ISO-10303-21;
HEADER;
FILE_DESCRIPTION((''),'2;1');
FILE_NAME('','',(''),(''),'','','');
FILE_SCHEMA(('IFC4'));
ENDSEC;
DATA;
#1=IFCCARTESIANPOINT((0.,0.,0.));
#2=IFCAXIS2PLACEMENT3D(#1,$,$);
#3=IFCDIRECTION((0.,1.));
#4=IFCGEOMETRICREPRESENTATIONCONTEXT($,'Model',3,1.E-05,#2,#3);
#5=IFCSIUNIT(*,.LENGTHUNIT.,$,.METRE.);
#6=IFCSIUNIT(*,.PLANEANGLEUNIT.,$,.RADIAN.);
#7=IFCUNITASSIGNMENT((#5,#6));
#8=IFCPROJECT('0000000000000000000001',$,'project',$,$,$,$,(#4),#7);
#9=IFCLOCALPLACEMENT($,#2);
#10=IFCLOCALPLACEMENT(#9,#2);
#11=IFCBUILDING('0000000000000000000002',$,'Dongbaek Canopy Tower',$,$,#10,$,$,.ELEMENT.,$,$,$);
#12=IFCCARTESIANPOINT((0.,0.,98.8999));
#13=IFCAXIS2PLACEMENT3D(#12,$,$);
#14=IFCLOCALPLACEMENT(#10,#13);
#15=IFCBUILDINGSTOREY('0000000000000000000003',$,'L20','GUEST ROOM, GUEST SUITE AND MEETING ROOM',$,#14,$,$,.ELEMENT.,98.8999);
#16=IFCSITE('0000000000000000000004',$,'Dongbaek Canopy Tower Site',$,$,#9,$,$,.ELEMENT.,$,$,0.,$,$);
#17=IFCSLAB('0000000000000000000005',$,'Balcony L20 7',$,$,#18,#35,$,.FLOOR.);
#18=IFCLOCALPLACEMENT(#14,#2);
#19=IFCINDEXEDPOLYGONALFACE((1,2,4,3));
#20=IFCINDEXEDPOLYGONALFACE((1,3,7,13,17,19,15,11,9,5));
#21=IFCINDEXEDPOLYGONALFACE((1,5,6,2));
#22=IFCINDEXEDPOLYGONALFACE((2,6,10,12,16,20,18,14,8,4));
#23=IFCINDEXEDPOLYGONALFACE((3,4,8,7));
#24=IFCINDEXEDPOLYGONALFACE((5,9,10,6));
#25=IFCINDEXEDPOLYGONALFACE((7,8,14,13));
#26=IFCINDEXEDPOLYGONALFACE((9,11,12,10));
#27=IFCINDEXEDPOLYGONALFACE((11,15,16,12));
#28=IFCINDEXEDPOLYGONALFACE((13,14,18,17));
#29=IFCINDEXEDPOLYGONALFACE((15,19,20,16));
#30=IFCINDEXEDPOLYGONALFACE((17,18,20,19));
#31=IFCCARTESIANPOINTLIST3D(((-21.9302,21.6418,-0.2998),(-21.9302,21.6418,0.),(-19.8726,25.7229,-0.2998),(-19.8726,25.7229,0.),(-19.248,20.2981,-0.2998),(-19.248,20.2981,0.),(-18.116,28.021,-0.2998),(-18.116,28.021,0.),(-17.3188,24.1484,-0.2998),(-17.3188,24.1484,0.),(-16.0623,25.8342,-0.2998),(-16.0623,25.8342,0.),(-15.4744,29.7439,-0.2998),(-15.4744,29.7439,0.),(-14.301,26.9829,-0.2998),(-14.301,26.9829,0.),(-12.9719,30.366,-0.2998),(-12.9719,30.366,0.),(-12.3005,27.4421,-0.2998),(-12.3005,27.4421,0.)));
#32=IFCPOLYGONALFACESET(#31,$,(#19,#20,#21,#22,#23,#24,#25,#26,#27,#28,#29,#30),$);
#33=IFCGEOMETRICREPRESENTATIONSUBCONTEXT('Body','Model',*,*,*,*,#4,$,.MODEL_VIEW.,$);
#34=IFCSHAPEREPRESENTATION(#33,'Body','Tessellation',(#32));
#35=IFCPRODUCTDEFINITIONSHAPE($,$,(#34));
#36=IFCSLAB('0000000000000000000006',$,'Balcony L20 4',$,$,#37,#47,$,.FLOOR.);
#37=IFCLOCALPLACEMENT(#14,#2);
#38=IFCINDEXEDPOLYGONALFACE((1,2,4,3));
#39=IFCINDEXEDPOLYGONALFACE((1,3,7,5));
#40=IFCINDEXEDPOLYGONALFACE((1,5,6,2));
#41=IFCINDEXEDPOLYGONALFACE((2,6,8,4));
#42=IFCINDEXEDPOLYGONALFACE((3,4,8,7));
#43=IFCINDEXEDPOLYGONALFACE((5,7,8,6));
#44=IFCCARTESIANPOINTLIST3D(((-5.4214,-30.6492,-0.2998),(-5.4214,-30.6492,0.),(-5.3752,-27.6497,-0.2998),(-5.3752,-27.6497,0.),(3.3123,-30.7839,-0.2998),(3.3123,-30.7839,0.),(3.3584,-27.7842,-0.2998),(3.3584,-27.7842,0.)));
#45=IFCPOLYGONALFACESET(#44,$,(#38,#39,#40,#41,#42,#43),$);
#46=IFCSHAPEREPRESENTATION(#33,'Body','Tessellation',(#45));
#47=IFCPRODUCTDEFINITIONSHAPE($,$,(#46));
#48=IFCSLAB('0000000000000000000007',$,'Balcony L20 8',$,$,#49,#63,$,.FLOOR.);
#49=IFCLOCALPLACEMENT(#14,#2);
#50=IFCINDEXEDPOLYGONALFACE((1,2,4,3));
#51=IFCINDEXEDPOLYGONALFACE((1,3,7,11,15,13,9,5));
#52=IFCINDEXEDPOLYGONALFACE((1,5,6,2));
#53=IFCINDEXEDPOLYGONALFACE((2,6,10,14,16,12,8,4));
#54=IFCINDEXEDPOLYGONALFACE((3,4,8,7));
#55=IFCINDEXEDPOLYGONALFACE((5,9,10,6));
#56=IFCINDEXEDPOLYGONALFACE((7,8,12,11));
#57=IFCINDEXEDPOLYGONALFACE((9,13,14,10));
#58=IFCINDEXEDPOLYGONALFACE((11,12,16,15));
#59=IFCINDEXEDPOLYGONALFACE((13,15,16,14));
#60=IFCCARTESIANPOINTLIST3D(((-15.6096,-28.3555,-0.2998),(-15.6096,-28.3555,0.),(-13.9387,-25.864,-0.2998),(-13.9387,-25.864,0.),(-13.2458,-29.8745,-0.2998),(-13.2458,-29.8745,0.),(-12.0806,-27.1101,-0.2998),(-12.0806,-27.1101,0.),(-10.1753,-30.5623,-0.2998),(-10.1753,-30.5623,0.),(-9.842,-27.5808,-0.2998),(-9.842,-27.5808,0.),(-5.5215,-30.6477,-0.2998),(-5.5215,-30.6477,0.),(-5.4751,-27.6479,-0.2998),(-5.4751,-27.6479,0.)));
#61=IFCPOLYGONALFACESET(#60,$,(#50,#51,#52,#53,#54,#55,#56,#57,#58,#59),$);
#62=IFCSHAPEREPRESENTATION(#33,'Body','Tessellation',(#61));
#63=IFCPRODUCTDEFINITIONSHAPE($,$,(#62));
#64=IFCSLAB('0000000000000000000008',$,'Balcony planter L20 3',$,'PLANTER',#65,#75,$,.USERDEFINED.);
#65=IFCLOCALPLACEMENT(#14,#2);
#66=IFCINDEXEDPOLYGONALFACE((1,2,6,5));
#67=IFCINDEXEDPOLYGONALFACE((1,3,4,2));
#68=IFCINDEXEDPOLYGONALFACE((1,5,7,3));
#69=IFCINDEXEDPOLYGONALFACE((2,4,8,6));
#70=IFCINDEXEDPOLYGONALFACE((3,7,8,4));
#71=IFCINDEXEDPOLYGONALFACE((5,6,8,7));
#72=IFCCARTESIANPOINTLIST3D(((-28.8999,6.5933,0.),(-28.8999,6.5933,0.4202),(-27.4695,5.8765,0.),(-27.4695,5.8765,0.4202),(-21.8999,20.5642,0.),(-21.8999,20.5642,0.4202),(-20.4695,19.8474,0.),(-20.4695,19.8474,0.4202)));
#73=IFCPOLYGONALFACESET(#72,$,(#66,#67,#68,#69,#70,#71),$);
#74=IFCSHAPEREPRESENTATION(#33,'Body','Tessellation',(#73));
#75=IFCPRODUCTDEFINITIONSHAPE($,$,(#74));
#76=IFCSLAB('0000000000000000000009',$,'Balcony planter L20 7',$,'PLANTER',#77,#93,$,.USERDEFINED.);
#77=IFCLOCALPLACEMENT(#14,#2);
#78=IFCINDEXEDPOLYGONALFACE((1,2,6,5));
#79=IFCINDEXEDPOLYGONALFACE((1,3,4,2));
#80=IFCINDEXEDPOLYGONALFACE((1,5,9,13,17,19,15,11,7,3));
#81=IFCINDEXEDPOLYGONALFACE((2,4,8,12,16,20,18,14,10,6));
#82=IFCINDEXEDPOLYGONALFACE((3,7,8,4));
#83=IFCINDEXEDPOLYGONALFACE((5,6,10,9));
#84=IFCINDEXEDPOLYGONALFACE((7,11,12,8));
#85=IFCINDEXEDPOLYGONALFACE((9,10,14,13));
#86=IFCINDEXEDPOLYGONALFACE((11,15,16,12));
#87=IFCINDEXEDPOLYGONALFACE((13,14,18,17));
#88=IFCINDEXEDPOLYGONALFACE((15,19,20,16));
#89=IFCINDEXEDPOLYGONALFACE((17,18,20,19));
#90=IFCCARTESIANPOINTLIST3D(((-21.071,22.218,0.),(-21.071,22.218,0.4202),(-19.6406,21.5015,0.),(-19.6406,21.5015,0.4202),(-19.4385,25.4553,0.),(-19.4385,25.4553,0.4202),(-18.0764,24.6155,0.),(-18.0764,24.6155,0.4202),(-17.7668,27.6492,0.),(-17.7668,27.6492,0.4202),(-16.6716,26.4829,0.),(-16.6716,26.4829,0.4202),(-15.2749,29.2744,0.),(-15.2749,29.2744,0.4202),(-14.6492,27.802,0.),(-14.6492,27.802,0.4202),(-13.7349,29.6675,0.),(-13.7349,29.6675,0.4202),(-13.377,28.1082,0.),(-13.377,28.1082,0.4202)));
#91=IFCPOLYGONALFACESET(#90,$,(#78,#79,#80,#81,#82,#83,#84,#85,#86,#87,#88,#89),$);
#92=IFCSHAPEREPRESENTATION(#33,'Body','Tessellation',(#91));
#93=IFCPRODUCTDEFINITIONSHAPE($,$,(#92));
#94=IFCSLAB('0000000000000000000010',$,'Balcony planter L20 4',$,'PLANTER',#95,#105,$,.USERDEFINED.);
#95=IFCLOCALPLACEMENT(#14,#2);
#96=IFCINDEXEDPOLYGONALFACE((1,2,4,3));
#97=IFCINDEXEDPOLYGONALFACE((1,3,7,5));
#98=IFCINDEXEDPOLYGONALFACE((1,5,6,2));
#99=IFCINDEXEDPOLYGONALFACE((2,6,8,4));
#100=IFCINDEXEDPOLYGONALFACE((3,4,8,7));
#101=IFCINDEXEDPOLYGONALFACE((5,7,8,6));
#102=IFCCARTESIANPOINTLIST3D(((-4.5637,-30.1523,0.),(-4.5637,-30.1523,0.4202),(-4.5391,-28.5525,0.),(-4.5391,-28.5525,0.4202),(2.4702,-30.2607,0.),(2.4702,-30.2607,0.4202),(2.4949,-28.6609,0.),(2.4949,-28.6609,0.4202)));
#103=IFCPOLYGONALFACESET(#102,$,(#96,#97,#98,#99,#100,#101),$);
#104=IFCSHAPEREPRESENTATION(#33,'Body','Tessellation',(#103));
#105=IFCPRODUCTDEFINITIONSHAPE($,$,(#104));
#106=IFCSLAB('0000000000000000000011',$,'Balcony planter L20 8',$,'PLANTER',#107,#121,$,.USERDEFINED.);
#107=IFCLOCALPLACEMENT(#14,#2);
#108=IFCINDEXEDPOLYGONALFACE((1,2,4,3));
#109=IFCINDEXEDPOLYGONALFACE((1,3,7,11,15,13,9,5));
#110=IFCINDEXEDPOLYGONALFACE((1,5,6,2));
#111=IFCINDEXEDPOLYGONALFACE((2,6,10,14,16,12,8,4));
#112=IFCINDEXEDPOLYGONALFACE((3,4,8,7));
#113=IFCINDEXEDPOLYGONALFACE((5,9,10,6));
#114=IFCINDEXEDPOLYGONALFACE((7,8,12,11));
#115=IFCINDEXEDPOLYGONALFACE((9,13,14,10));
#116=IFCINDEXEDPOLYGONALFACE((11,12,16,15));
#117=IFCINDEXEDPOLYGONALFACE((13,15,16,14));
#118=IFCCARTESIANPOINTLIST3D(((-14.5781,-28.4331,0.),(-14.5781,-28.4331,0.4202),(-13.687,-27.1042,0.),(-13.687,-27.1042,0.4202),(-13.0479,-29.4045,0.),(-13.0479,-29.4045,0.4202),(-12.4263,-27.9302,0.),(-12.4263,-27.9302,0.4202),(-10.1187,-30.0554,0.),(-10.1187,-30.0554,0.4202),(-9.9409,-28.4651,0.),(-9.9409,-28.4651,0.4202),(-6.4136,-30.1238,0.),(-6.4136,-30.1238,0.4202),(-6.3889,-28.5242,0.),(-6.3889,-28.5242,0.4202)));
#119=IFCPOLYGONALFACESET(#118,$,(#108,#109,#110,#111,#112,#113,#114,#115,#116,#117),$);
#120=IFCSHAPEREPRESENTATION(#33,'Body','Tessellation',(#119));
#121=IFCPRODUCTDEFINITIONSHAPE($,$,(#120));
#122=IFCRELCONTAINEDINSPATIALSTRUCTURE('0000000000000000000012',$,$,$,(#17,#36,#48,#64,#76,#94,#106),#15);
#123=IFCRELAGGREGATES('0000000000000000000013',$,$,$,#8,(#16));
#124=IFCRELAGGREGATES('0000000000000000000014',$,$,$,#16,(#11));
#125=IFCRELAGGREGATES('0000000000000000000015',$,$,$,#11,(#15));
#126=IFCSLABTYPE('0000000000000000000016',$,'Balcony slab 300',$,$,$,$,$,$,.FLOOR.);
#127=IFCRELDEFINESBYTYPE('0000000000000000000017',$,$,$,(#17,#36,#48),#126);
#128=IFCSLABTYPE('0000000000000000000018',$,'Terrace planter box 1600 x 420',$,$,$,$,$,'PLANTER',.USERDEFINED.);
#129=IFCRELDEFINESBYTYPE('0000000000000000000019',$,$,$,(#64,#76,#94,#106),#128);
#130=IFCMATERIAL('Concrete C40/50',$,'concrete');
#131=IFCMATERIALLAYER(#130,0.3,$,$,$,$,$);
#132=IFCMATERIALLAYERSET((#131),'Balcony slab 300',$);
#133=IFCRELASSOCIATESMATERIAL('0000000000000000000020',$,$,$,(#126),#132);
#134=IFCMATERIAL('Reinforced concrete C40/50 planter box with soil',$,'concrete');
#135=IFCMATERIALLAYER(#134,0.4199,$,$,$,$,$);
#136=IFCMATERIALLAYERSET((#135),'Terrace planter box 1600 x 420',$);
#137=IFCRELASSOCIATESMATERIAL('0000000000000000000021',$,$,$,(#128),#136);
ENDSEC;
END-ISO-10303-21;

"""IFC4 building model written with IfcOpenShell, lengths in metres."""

from ifc_helpers import new_model, si_unit, direction, frame, origin, place, context, subcontext, project, spatial, polyline, outline, extrude, material, layer, layer_set, type_object, element, save


model = new_model("IFC4")

# Units and contexts
model_context = context("Model", 3, precision=1e-05, world=origin(), true_north=direction((0.0, 1.0)))
body_context = subcontext(model_context, "Body", "Model", "MODEL_VIEW")
ifc_project = project(units=[si_unit("LENGTHUNIT", "METRE"), si_unit("PLANEANGLEUNIT", "RADIAN")], contexts=[model_context])

# Site, building, storey
site_placement = place(None, origin())
site = spatial("IfcSite", under=ifc_project, at=site_placement, Name="Dongbaek Canopy Tower Site", CompositionType="ELEMENT", RefElevation=0.0)
building_placement = place(site_placement, origin())
building = spatial("IfcBuilding", under=site, at=building_placement, Name="Dongbaek Canopy Tower", CompositionType="ELEMENT")
storey_placement = place(building_placement, frame((0.0, 0.0, 98.8999)))
storey = spatial("IfcBuildingStorey", under=building, at=storey_placement, Name="L20", Description="GUEST ROOM, GUEST SUITE AND MEETING ROOM", CompositionType="ELEMENT", Elevation=98.8999)

# Slabs
ifc_material_1 = material(Name="Concrete C40/50", Category="concrete")
ifc_layer_1 = layer(ifc_material_1, 0.3)
ifc_layer_set_1 = layer_set([ifc_layer_1], Name="Balcony slab 300")
slab_type_1 = type_object("IfcSlabType", Name="Balcony slab 300", PredefinedType="FLOOR", material=ifc_layer_set_1)
slab_1_placement = place(storey_placement, frame((0.0, 0.0, -0.2998)))
element("IfcSlab", 1, at=slab_1_placement, inside=storey, type_object=slab_type_1, Name="Balcony L20 7", PredefinedType="FLOOR", context=body_context, shape_type="SweptSolid", body=[
    extrude(outline(polyline([(-12.3005, 27.4421), (-14.301, 26.9829), (-16.0623, 25.8342), (-17.3188, 24.1484), (-19.248, 20.2981), (-21.9302, 21.6418), (-19.8726, 25.7229), (-18.116, 28.021), (-15.4744, 29.7439), (-12.9719, 30.366), (-12.3005, 27.4421)])), origin(), (0.0, 0.0, 1.0), 0.2998),
])
slab_2_placement = place(storey_placement, frame((0.0, 0.0, -0.2998)))
element("IfcSlab", 2, at=slab_2_placement, inside=storey, type_object=slab_type_1, Name="Balcony L20 4", PredefinedType="FLOOR", context=body_context, shape_type="SweptSolid", body=[
    extrude(outline(polyline([(-5.3752, -27.6497), (3.3584, -27.7842), (3.3123, -30.7839), (-5.4214, -30.6492), (-5.3752, -27.6497)])), origin(), (0.0, 0.0, 1.0), 0.2998),
])
slab_3_placement = place(storey_placement, frame((0.0, 0.0, -0.2998)))
element("IfcSlab", 3, at=slab_3_placement, inside=storey, type_object=slab_type_1, Name="Balcony L20 8", PredefinedType="FLOOR", context=body_context, shape_type="SweptSolid", body=[
    extrude(outline(polyline([(-13.9387, -25.864), (-12.0806, -27.1101), (-9.842, -27.5808), (-5.4751, -27.6479), (-5.5215, -30.6477), (-10.1753, -30.5623), (-13.2458, -29.8745), (-15.6096, -28.3555), (-13.9387, -25.864)])), origin(), (0.0, 0.0, 1.0), 0.2998),
])
ifc_material_2 = material(Name="Reinforced concrete C40/50 planter box with soil", Category="concrete")
ifc_layer_2 = layer(ifc_material_2, 0.4199)
ifc_layer_set_2 = layer_set([ifc_layer_2], Name="Terrace planter box 1600 x 420")
slab_type_2 = type_object("IfcSlabType", Name="Terrace planter box 1600 x 420", ElementType="PLANTER", PredefinedType="USERDEFINED", material=ifc_layer_set_2)
slab_4_placement = place(storey_placement, origin())
element("IfcSlab", 4, at=slab_4_placement, inside=storey, type_object=slab_type_2, Name="Balcony planter L20 3", ObjectType="PLANTER", PredefinedType="USERDEFINED", context=body_context, shape_type="SweptSolid", body=[
    extrude(outline(polyline([(-20.4695, 19.8474), (-27.4695, 5.8765), (-28.8999, 6.5933), (-21.8999, 20.5642), (-20.4695, 19.8474)])), origin(), (0.0, 0.0, 1.0), 0.4202),
])
slab_5_placement = place(storey_placement, origin())
element("IfcSlab", 5, at=slab_5_placement, inside=storey, type_object=slab_type_2, Name="Balcony planter L20 7", ObjectType="PLANTER", PredefinedType="USERDEFINED", context=body_context, shape_type="SweptSolid", body=[
    extrude(outline(polyline([(-13.377, 28.1082), (-14.6492, 27.802), (-16.6716, 26.4829), (-18.0764, 24.6155), (-19.6406, 21.5015), (-21.071, 22.218), (-19.4385, 25.4553), (-17.7668, 27.6492), (-15.2749, 29.2744), (-13.7349, 29.6675), (-13.377, 28.1082)])), origin(), (0.0, 0.0, 1.0), 0.4202),
])
slab_6_placement = place(storey_placement, origin())
element("IfcSlab", 6, at=slab_6_placement, inside=storey, type_object=slab_type_2, Name="Balcony planter L20 4", ObjectType="PLANTER", PredefinedType="USERDEFINED", context=body_context, shape_type="SweptSolid", body=[
    extrude(outline(polyline([(-4.5391, -28.5525), (2.4949, -28.6609), (2.4702, -30.2607), (-4.5637, -30.1523), (-4.5391, -28.5525)])), origin(), (0.0, 0.0, 1.0), 0.4202),
])
slab_7_placement = place(storey_placement, origin())
element("IfcSlab", 7, at=slab_7_placement, inside=storey, type_object=slab_type_2, Name="Balcony planter L20 8", ObjectType="PLANTER", PredefinedType="USERDEFINED", context=body_context, shape_type="SweptSolid", body=[
    extrude(outline(polyline([(-13.687, -27.1042), (-12.4263, -27.9302), (-9.9409, -28.4651), (-6.3889, -28.5242), (-6.4136, -30.1238), (-10.1187, -30.0554), (-13.0479, -29.4045), (-14.5781, -28.4331), (-13.687, -27.1042)])), origin(), (0.0, 0.0, 1.0), 0.4202),
])

save(model, "model.ifc")
